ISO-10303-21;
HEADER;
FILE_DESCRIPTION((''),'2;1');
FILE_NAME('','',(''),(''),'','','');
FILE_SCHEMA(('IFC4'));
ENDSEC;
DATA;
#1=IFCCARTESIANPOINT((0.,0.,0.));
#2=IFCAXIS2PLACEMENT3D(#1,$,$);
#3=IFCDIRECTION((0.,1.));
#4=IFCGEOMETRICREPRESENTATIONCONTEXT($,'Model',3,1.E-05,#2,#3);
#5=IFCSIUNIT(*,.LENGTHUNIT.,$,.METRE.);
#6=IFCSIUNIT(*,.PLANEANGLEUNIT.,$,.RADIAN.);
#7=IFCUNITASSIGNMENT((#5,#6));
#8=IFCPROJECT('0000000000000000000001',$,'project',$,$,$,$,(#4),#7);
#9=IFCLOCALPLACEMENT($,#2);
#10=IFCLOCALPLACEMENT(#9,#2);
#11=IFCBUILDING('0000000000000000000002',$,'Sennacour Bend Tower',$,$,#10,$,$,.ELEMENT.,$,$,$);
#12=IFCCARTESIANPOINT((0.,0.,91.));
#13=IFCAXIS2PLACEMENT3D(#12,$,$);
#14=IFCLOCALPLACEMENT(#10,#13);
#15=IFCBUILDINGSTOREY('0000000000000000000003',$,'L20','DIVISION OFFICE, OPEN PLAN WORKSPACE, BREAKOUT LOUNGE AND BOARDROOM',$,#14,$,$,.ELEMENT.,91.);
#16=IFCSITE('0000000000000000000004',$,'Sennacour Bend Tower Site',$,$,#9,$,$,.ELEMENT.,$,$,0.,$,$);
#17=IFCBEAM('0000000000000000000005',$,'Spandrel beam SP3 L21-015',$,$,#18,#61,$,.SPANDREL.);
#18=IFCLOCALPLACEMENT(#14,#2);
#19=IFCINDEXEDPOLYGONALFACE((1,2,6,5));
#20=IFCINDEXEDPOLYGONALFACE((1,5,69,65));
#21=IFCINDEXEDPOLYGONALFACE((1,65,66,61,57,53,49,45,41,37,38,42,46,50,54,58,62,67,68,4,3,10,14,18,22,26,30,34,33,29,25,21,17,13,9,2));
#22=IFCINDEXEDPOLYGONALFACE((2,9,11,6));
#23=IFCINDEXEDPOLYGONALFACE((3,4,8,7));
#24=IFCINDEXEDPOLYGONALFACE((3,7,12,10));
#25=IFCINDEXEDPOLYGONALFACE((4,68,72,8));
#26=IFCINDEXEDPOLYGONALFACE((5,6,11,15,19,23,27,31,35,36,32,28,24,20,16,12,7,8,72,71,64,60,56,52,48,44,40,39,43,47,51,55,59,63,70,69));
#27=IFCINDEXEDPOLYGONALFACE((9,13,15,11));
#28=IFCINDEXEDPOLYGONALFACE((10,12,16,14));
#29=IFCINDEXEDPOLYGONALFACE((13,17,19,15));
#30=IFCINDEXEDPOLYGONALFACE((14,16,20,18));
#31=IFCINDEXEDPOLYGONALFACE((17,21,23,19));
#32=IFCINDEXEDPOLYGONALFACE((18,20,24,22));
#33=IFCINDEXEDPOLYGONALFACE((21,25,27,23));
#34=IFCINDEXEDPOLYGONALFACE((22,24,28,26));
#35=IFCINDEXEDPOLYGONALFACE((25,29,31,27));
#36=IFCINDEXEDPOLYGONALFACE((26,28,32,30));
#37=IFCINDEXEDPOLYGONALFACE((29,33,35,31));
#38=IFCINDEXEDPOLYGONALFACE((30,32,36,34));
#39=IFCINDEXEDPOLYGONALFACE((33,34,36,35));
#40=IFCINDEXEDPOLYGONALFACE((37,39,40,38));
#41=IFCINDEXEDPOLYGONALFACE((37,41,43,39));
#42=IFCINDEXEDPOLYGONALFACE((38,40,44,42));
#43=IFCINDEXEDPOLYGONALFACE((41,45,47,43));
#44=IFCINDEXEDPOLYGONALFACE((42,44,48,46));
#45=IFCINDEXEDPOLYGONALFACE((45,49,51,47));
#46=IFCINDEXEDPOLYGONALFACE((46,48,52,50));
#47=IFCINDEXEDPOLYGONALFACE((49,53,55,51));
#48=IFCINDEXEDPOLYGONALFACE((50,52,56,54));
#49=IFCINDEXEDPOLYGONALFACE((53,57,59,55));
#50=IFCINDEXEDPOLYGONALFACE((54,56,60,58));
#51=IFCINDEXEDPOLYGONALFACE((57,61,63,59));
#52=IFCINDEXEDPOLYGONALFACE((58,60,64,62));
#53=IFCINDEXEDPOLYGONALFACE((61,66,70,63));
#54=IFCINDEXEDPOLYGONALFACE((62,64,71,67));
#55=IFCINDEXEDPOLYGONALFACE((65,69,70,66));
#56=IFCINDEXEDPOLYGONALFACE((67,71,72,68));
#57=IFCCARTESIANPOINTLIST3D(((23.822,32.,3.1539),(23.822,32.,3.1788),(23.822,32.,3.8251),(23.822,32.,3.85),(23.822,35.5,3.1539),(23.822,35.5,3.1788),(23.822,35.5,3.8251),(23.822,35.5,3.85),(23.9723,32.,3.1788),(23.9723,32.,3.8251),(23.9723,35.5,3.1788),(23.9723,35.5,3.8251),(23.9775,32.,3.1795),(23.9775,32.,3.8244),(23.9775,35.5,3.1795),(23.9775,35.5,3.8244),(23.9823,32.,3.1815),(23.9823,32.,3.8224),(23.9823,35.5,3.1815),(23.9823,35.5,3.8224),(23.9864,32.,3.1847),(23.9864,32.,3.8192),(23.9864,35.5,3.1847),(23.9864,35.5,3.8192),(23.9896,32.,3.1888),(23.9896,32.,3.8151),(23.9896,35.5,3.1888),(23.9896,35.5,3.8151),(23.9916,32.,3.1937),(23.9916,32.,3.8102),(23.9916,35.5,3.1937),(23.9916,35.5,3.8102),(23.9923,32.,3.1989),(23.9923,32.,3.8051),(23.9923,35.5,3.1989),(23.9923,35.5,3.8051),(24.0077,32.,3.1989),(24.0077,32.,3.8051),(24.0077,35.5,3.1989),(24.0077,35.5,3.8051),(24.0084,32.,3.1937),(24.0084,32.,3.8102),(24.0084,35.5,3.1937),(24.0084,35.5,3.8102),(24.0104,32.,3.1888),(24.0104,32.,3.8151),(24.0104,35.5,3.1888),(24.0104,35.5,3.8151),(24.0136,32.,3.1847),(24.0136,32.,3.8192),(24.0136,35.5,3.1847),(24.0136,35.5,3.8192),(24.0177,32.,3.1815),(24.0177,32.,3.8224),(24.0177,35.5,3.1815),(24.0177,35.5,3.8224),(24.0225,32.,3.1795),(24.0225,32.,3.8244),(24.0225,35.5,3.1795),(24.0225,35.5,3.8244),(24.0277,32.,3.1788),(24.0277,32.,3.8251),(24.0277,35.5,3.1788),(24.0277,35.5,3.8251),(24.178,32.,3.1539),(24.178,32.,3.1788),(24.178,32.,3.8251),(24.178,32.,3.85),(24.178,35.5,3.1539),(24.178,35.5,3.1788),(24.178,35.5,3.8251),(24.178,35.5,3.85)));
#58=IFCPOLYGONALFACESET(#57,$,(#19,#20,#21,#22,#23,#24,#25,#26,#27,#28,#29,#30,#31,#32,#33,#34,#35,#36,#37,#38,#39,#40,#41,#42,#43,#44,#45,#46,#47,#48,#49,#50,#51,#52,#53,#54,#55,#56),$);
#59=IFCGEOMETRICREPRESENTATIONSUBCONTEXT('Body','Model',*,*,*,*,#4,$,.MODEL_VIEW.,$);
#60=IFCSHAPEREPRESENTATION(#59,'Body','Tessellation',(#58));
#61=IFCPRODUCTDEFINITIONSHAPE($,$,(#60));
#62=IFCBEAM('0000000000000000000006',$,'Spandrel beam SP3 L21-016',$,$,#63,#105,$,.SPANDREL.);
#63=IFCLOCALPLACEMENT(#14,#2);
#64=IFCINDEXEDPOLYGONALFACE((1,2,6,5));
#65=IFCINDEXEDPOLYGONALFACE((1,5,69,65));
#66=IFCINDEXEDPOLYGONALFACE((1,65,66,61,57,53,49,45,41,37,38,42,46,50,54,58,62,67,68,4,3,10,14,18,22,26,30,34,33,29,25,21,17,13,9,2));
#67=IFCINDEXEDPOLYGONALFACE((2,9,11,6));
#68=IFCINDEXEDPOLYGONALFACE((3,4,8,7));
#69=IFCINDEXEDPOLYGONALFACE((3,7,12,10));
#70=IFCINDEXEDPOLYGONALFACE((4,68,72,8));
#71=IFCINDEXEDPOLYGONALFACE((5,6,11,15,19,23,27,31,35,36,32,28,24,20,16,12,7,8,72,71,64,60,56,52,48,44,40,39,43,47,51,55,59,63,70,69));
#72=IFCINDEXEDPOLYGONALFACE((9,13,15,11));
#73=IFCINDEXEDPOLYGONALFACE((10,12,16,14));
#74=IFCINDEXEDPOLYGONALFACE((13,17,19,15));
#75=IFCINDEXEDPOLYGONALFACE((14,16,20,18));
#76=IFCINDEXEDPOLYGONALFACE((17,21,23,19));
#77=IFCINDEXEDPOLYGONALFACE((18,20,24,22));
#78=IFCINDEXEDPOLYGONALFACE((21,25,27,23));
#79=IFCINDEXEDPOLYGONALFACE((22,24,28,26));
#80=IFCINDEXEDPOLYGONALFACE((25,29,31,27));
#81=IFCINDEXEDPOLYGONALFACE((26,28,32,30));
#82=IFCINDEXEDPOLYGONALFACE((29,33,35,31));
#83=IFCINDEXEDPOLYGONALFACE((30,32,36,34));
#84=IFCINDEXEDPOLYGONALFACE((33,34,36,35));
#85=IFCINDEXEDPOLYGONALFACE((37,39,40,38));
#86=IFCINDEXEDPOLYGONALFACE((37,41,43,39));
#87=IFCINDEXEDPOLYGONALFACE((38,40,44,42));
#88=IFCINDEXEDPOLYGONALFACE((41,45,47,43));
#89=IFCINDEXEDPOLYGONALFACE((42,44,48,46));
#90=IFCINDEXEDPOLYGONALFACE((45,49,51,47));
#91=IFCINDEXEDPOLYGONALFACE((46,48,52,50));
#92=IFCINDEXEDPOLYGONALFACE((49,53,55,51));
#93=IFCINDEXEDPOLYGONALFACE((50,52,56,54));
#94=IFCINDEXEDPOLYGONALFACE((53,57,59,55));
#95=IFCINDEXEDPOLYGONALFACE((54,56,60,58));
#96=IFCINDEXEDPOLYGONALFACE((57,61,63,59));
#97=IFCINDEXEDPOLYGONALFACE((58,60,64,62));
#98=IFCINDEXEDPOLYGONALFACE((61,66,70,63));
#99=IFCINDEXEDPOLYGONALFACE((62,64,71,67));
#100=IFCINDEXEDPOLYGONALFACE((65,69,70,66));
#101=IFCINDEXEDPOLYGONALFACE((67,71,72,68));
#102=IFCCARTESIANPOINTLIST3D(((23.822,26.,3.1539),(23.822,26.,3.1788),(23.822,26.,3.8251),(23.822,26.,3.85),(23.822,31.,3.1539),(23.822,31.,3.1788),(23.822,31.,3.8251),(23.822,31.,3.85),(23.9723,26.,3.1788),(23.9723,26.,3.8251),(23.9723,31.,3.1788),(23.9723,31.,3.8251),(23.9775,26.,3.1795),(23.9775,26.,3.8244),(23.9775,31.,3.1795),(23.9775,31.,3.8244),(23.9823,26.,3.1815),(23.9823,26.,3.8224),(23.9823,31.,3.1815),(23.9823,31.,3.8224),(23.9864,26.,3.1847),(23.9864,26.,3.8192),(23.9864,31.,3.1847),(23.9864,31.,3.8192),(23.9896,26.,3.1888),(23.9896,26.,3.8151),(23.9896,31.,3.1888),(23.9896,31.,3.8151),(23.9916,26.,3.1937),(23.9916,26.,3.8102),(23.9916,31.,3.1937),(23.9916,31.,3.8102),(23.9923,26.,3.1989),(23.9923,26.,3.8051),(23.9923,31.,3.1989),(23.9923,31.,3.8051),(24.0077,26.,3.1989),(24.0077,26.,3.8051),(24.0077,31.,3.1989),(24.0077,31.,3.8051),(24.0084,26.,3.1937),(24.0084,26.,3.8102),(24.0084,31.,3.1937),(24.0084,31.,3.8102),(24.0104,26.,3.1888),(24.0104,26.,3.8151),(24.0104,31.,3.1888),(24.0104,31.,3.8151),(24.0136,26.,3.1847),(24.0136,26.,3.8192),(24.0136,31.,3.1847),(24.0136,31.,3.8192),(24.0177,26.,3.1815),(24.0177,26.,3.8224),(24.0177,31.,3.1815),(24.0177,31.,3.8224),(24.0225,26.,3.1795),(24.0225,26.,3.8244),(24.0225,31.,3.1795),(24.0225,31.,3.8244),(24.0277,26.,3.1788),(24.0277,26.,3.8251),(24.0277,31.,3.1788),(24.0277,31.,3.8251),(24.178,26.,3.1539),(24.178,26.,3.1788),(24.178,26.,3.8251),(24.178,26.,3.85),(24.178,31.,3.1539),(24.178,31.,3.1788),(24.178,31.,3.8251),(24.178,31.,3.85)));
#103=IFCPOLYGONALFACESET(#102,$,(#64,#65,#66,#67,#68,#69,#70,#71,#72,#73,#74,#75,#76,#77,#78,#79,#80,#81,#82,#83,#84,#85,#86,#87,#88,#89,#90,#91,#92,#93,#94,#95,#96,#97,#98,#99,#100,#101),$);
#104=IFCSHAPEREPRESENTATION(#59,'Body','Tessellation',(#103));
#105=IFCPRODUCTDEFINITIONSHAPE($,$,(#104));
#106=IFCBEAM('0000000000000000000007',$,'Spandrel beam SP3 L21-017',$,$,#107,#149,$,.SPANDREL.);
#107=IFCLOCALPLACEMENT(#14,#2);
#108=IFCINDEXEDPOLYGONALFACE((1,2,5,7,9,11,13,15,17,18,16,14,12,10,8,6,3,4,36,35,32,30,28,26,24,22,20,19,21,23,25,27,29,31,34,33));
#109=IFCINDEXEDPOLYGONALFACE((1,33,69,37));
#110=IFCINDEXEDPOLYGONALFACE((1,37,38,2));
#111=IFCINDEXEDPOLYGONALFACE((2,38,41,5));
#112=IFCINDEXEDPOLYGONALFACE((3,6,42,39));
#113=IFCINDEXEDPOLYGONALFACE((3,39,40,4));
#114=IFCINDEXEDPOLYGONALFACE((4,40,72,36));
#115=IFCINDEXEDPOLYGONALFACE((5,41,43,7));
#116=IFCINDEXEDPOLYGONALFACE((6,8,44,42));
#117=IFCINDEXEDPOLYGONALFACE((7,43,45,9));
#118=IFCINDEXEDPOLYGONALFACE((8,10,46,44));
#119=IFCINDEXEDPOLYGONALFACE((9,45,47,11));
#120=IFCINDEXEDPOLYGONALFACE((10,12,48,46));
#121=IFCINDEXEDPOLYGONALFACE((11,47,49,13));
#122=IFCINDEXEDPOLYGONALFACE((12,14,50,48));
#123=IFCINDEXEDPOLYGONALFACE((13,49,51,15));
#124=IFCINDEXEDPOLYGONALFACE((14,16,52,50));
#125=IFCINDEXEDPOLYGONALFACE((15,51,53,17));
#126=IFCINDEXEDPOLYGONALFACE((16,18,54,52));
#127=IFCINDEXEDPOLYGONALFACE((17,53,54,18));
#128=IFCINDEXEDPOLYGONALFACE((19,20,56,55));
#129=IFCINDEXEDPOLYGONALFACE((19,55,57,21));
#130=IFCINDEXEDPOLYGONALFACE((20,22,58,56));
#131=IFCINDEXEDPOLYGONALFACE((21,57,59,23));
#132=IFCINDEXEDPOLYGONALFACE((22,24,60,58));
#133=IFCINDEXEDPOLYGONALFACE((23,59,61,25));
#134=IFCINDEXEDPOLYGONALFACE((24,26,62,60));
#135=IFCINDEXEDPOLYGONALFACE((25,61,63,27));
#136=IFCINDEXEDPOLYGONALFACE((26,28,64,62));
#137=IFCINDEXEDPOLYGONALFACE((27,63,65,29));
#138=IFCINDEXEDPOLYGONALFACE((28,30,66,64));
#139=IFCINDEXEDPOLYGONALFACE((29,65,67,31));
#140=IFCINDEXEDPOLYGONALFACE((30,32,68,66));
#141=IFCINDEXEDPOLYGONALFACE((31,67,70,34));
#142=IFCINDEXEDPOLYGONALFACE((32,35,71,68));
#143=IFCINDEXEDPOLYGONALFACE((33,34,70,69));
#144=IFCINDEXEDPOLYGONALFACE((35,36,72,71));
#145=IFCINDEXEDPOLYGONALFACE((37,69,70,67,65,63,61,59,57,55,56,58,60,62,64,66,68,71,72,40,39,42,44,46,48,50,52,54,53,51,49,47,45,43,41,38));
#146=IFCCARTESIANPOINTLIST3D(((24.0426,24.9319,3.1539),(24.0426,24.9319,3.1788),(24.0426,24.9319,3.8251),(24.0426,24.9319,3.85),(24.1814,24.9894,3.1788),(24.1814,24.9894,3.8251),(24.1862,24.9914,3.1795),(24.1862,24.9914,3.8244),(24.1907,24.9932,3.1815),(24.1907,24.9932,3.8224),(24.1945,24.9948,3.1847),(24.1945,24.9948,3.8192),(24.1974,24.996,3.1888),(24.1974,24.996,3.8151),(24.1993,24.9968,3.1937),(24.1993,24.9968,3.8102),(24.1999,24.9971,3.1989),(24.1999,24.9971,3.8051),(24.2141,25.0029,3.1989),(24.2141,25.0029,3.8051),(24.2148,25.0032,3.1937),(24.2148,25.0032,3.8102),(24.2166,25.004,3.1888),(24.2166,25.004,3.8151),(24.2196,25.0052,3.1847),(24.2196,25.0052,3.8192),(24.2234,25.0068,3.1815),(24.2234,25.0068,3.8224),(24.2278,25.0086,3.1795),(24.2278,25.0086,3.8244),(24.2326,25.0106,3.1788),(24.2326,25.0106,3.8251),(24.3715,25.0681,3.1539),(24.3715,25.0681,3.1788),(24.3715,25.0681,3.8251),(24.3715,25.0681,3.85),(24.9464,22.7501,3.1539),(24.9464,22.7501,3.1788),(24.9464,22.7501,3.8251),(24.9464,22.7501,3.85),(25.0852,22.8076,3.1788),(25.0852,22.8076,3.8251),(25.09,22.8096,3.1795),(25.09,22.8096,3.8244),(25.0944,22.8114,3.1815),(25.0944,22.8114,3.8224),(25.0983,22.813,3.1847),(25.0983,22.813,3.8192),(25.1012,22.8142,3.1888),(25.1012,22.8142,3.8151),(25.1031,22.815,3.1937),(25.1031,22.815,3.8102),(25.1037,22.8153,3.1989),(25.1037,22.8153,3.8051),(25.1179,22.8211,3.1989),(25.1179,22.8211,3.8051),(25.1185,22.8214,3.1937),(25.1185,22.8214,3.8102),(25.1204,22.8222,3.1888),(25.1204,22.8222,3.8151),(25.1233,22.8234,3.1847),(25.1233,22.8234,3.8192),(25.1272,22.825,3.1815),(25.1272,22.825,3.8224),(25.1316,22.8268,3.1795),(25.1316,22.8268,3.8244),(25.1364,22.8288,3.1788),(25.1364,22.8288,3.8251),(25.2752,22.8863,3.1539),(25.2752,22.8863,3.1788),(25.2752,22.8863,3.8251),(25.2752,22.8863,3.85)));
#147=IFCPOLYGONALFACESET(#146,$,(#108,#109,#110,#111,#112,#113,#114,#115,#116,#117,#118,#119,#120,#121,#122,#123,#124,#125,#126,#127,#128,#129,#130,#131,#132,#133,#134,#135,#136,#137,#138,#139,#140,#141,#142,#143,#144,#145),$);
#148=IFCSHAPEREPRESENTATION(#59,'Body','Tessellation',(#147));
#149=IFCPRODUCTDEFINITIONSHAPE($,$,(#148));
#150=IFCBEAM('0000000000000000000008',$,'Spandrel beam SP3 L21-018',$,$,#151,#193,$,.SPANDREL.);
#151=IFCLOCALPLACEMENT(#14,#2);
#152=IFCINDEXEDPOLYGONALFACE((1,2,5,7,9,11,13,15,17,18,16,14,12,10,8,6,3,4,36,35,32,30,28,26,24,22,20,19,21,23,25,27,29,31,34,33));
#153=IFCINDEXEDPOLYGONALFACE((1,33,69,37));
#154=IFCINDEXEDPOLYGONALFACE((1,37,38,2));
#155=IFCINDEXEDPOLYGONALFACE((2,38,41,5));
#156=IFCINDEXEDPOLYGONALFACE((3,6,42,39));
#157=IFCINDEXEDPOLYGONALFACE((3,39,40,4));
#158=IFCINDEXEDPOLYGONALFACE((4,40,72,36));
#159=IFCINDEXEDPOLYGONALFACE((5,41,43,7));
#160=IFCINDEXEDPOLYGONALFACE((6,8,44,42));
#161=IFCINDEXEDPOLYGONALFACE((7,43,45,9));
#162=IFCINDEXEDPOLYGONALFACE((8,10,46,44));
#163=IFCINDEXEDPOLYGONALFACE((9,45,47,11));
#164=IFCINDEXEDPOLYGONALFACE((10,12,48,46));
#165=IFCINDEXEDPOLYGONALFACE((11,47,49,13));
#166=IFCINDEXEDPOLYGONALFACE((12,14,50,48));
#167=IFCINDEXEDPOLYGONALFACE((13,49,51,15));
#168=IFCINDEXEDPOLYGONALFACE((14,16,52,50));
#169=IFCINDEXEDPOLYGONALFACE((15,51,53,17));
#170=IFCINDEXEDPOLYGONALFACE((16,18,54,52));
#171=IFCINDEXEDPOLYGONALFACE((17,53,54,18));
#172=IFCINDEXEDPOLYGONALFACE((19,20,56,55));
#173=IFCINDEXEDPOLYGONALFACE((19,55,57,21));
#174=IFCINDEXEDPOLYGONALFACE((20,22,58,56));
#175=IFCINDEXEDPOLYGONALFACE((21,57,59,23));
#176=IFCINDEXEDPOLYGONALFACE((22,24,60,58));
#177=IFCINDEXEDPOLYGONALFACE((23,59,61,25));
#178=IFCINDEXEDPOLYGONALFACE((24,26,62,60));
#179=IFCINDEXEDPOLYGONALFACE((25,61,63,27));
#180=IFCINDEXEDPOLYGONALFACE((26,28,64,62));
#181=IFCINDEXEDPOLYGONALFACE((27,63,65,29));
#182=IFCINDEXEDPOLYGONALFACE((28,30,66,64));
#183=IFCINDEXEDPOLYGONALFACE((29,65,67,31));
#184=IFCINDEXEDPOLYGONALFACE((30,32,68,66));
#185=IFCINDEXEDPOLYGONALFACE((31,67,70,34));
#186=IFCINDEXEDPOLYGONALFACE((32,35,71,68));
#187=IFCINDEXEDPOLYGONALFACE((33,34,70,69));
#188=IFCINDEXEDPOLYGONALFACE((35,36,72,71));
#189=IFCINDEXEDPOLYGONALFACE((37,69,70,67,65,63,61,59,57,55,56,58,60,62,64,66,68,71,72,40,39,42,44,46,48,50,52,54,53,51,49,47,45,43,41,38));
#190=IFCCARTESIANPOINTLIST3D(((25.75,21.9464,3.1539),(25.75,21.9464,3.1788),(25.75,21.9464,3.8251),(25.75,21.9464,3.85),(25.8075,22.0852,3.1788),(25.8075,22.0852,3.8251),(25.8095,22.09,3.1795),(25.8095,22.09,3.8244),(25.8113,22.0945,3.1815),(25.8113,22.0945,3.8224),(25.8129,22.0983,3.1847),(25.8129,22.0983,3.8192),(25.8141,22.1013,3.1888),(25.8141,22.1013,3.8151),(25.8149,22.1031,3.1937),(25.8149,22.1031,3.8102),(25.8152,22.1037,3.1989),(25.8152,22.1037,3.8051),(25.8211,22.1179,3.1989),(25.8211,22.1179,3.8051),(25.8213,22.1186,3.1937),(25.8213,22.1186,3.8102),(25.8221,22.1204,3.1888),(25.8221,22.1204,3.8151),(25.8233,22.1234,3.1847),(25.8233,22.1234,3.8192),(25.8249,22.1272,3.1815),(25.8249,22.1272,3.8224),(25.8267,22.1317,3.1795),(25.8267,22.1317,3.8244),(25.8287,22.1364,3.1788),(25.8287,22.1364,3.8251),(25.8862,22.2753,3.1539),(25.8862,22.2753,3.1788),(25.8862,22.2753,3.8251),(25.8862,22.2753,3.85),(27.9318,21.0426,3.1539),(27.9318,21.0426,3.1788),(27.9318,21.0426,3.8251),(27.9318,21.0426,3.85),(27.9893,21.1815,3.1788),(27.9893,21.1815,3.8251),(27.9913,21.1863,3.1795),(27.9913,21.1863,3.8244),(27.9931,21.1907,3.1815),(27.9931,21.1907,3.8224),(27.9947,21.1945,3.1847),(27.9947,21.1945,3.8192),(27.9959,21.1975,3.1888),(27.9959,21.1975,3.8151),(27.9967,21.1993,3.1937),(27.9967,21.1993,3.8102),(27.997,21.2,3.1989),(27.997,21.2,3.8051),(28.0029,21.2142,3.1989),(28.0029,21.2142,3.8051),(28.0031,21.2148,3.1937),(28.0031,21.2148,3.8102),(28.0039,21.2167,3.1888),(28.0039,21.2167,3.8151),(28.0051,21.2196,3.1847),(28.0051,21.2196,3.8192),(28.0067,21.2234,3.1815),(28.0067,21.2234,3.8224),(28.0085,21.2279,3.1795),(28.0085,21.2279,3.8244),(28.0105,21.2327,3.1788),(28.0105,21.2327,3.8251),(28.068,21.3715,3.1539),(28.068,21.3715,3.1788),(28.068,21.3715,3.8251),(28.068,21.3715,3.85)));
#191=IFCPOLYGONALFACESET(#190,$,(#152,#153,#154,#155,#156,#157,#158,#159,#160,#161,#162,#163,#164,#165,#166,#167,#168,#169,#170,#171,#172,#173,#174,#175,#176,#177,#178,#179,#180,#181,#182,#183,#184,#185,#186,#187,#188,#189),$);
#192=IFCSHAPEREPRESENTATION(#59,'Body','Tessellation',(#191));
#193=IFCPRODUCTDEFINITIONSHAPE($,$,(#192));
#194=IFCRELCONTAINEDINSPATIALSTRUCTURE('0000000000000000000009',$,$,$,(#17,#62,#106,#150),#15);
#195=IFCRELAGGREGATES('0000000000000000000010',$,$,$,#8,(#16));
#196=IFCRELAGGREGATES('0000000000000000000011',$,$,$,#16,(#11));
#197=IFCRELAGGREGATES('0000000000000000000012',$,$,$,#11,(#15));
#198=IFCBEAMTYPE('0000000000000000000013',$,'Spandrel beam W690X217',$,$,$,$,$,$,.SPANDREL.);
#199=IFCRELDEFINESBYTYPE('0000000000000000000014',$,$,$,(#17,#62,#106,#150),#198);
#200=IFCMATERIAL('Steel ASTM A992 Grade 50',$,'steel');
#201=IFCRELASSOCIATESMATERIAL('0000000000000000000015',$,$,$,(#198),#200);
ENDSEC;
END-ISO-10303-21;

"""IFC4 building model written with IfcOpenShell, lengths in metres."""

from ifc_helpers import new_model, si_unit, direction, frame, origin, origin_2d, place, context, subcontext, project, spatial, i_section, extrude, material, material_profile, profile_set, type_object, element, save


model = new_model("IFC4")

# Units and contexts
model_context = context("Model", 3, precision=1e-05, world=origin(), true_north=direction((0.0, 1.0)))
body_context = subcontext(model_context, "Body", "Model", "MODEL_VIEW")
ifc_project = project(units=[si_unit("LENGTHUNIT", "METRE"), si_unit("PLANEANGLEUNIT", "RADIAN")], contexts=[model_context])

# Site, building, storey
site_placement = place(None, origin())
site = spatial("IfcSite", under=ifc_project, at=site_placement, Name="Sennacour Bend Tower Site", CompositionType="ELEMENT", RefElevation=0.0)
building_placement = place(site_placement, origin())
building = spatial("IfcBuilding", under=site, at=building_placement, Name="Sennacour Bend Tower", CompositionType="ELEMENT")
storey_placement = place(building_placement, frame((0.0, 0.0, 91.0)))
storey = spatial("IfcBuildingStorey", under=building, at=storey_placement, Name="L20", Description="DIVISION OFFICE, OPEN PLAN WORKSPACE, BREAKOUT LOUNGE AND BOARDROOM", CompositionType="ELEMENT", Elevation=91.0)

# Beams
ifc_material_1 = material(Name="Steel ASTM A992 Grade 50", Category="steel")
ifc_material_profile_1 = material_profile(ifc_material_1, i_section(OverallWidth=0.356, OverallDepth=0.696, WebThickness=0.0154, FlangeThickness=0.0249, FilletRadius=0.02, at=origin_2d()), Name="Steel ASTM A992 Grade 50", Category="steel")
ifc_profile_set_1 = profile_set([ifc_material_profile_1], Name="Steel ASTM A992 Grade 50")
beam_type_1 = type_object("IfcBeamType", Name="Spandrel beam W690X217", PredefinedType="SPANDREL", material=ifc_profile_set_1)
beam_1_placement = place(storey_placement, frame((24.0, 35.5, 3.502), z_axis=(0.0, -1.0, 0.0), x_axis=(1.0, 0.0, 0.0)))
element("IfcBeam", 1, at=beam_1_placement, inside=storey, type_object=beam_type_1, Name="Spandrel beam SP3 L21-015", PredefinedType="SPANDREL", context=body_context, shape_type="SweptSolid", body=[
    extrude(i_section(OverallWidth=0.356, OverallDepth=0.696, WebThickness=0.0154, FlangeThickness=0.0249, FilletRadius=0.02, at=origin_2d()), origin(), (0.0, 0.0, 1.0), 3.5),
])
beam_2_placement = place(storey_placement, frame((24.0, 31.0, 3.502), z_axis=(0.0, -1.0, 0.0), x_axis=(1.0, 0.0, 0.0)))
element("IfcBeam", 2, at=beam_2_placement, inside=storey, type_object=beam_type_1, Name="Spandrel beam SP3 L21-016", PredefinedType="SPANDREL", context=body_context, shape_type="SweptSolid", body=[
    extrude(i_section(OverallWidth=0.356, OverallDepth=0.696, WebThickness=0.0154, FlangeThickness=0.0249, FilletRadius=0.02, at=origin_2d()), origin(), (0.0, 0.0, 1.0), 5.0),
])
for number, where, z_axis, x_axis, name in (
    (3, (24.207, 25.0, 3.502), (0.382699, -0.923873, 0.0), (0.923873, 0.382699, 0.0), "Spandrel beam SP3 L21-017"),
    (4, (25.8181, 22.1108, 3.502), (0.923873, -0.382699, 0.0), (0.382699, 0.923873, 0.0), "Spandrel beam SP3 L21-018"),
):
    element("IfcBeam", number, at=place(storey_placement, frame(where, z_axis=z_axis, x_axis=x_axis)), inside=storey, type_object=beam_type_1, Name=name, PredefinedType="SPANDREL", context=body_context, shape_type="SweptSolid", body=[
        extrude(i_section(OverallWidth=0.356, OverallDepth=0.696, WebThickness=0.0154, FlangeThickness=0.0249, FilletRadius=0.02, at=origin_2d()), origin(), (0.0, 0.0, 1.0), 2.3616),
    ])

save(model, "model.ifc")
